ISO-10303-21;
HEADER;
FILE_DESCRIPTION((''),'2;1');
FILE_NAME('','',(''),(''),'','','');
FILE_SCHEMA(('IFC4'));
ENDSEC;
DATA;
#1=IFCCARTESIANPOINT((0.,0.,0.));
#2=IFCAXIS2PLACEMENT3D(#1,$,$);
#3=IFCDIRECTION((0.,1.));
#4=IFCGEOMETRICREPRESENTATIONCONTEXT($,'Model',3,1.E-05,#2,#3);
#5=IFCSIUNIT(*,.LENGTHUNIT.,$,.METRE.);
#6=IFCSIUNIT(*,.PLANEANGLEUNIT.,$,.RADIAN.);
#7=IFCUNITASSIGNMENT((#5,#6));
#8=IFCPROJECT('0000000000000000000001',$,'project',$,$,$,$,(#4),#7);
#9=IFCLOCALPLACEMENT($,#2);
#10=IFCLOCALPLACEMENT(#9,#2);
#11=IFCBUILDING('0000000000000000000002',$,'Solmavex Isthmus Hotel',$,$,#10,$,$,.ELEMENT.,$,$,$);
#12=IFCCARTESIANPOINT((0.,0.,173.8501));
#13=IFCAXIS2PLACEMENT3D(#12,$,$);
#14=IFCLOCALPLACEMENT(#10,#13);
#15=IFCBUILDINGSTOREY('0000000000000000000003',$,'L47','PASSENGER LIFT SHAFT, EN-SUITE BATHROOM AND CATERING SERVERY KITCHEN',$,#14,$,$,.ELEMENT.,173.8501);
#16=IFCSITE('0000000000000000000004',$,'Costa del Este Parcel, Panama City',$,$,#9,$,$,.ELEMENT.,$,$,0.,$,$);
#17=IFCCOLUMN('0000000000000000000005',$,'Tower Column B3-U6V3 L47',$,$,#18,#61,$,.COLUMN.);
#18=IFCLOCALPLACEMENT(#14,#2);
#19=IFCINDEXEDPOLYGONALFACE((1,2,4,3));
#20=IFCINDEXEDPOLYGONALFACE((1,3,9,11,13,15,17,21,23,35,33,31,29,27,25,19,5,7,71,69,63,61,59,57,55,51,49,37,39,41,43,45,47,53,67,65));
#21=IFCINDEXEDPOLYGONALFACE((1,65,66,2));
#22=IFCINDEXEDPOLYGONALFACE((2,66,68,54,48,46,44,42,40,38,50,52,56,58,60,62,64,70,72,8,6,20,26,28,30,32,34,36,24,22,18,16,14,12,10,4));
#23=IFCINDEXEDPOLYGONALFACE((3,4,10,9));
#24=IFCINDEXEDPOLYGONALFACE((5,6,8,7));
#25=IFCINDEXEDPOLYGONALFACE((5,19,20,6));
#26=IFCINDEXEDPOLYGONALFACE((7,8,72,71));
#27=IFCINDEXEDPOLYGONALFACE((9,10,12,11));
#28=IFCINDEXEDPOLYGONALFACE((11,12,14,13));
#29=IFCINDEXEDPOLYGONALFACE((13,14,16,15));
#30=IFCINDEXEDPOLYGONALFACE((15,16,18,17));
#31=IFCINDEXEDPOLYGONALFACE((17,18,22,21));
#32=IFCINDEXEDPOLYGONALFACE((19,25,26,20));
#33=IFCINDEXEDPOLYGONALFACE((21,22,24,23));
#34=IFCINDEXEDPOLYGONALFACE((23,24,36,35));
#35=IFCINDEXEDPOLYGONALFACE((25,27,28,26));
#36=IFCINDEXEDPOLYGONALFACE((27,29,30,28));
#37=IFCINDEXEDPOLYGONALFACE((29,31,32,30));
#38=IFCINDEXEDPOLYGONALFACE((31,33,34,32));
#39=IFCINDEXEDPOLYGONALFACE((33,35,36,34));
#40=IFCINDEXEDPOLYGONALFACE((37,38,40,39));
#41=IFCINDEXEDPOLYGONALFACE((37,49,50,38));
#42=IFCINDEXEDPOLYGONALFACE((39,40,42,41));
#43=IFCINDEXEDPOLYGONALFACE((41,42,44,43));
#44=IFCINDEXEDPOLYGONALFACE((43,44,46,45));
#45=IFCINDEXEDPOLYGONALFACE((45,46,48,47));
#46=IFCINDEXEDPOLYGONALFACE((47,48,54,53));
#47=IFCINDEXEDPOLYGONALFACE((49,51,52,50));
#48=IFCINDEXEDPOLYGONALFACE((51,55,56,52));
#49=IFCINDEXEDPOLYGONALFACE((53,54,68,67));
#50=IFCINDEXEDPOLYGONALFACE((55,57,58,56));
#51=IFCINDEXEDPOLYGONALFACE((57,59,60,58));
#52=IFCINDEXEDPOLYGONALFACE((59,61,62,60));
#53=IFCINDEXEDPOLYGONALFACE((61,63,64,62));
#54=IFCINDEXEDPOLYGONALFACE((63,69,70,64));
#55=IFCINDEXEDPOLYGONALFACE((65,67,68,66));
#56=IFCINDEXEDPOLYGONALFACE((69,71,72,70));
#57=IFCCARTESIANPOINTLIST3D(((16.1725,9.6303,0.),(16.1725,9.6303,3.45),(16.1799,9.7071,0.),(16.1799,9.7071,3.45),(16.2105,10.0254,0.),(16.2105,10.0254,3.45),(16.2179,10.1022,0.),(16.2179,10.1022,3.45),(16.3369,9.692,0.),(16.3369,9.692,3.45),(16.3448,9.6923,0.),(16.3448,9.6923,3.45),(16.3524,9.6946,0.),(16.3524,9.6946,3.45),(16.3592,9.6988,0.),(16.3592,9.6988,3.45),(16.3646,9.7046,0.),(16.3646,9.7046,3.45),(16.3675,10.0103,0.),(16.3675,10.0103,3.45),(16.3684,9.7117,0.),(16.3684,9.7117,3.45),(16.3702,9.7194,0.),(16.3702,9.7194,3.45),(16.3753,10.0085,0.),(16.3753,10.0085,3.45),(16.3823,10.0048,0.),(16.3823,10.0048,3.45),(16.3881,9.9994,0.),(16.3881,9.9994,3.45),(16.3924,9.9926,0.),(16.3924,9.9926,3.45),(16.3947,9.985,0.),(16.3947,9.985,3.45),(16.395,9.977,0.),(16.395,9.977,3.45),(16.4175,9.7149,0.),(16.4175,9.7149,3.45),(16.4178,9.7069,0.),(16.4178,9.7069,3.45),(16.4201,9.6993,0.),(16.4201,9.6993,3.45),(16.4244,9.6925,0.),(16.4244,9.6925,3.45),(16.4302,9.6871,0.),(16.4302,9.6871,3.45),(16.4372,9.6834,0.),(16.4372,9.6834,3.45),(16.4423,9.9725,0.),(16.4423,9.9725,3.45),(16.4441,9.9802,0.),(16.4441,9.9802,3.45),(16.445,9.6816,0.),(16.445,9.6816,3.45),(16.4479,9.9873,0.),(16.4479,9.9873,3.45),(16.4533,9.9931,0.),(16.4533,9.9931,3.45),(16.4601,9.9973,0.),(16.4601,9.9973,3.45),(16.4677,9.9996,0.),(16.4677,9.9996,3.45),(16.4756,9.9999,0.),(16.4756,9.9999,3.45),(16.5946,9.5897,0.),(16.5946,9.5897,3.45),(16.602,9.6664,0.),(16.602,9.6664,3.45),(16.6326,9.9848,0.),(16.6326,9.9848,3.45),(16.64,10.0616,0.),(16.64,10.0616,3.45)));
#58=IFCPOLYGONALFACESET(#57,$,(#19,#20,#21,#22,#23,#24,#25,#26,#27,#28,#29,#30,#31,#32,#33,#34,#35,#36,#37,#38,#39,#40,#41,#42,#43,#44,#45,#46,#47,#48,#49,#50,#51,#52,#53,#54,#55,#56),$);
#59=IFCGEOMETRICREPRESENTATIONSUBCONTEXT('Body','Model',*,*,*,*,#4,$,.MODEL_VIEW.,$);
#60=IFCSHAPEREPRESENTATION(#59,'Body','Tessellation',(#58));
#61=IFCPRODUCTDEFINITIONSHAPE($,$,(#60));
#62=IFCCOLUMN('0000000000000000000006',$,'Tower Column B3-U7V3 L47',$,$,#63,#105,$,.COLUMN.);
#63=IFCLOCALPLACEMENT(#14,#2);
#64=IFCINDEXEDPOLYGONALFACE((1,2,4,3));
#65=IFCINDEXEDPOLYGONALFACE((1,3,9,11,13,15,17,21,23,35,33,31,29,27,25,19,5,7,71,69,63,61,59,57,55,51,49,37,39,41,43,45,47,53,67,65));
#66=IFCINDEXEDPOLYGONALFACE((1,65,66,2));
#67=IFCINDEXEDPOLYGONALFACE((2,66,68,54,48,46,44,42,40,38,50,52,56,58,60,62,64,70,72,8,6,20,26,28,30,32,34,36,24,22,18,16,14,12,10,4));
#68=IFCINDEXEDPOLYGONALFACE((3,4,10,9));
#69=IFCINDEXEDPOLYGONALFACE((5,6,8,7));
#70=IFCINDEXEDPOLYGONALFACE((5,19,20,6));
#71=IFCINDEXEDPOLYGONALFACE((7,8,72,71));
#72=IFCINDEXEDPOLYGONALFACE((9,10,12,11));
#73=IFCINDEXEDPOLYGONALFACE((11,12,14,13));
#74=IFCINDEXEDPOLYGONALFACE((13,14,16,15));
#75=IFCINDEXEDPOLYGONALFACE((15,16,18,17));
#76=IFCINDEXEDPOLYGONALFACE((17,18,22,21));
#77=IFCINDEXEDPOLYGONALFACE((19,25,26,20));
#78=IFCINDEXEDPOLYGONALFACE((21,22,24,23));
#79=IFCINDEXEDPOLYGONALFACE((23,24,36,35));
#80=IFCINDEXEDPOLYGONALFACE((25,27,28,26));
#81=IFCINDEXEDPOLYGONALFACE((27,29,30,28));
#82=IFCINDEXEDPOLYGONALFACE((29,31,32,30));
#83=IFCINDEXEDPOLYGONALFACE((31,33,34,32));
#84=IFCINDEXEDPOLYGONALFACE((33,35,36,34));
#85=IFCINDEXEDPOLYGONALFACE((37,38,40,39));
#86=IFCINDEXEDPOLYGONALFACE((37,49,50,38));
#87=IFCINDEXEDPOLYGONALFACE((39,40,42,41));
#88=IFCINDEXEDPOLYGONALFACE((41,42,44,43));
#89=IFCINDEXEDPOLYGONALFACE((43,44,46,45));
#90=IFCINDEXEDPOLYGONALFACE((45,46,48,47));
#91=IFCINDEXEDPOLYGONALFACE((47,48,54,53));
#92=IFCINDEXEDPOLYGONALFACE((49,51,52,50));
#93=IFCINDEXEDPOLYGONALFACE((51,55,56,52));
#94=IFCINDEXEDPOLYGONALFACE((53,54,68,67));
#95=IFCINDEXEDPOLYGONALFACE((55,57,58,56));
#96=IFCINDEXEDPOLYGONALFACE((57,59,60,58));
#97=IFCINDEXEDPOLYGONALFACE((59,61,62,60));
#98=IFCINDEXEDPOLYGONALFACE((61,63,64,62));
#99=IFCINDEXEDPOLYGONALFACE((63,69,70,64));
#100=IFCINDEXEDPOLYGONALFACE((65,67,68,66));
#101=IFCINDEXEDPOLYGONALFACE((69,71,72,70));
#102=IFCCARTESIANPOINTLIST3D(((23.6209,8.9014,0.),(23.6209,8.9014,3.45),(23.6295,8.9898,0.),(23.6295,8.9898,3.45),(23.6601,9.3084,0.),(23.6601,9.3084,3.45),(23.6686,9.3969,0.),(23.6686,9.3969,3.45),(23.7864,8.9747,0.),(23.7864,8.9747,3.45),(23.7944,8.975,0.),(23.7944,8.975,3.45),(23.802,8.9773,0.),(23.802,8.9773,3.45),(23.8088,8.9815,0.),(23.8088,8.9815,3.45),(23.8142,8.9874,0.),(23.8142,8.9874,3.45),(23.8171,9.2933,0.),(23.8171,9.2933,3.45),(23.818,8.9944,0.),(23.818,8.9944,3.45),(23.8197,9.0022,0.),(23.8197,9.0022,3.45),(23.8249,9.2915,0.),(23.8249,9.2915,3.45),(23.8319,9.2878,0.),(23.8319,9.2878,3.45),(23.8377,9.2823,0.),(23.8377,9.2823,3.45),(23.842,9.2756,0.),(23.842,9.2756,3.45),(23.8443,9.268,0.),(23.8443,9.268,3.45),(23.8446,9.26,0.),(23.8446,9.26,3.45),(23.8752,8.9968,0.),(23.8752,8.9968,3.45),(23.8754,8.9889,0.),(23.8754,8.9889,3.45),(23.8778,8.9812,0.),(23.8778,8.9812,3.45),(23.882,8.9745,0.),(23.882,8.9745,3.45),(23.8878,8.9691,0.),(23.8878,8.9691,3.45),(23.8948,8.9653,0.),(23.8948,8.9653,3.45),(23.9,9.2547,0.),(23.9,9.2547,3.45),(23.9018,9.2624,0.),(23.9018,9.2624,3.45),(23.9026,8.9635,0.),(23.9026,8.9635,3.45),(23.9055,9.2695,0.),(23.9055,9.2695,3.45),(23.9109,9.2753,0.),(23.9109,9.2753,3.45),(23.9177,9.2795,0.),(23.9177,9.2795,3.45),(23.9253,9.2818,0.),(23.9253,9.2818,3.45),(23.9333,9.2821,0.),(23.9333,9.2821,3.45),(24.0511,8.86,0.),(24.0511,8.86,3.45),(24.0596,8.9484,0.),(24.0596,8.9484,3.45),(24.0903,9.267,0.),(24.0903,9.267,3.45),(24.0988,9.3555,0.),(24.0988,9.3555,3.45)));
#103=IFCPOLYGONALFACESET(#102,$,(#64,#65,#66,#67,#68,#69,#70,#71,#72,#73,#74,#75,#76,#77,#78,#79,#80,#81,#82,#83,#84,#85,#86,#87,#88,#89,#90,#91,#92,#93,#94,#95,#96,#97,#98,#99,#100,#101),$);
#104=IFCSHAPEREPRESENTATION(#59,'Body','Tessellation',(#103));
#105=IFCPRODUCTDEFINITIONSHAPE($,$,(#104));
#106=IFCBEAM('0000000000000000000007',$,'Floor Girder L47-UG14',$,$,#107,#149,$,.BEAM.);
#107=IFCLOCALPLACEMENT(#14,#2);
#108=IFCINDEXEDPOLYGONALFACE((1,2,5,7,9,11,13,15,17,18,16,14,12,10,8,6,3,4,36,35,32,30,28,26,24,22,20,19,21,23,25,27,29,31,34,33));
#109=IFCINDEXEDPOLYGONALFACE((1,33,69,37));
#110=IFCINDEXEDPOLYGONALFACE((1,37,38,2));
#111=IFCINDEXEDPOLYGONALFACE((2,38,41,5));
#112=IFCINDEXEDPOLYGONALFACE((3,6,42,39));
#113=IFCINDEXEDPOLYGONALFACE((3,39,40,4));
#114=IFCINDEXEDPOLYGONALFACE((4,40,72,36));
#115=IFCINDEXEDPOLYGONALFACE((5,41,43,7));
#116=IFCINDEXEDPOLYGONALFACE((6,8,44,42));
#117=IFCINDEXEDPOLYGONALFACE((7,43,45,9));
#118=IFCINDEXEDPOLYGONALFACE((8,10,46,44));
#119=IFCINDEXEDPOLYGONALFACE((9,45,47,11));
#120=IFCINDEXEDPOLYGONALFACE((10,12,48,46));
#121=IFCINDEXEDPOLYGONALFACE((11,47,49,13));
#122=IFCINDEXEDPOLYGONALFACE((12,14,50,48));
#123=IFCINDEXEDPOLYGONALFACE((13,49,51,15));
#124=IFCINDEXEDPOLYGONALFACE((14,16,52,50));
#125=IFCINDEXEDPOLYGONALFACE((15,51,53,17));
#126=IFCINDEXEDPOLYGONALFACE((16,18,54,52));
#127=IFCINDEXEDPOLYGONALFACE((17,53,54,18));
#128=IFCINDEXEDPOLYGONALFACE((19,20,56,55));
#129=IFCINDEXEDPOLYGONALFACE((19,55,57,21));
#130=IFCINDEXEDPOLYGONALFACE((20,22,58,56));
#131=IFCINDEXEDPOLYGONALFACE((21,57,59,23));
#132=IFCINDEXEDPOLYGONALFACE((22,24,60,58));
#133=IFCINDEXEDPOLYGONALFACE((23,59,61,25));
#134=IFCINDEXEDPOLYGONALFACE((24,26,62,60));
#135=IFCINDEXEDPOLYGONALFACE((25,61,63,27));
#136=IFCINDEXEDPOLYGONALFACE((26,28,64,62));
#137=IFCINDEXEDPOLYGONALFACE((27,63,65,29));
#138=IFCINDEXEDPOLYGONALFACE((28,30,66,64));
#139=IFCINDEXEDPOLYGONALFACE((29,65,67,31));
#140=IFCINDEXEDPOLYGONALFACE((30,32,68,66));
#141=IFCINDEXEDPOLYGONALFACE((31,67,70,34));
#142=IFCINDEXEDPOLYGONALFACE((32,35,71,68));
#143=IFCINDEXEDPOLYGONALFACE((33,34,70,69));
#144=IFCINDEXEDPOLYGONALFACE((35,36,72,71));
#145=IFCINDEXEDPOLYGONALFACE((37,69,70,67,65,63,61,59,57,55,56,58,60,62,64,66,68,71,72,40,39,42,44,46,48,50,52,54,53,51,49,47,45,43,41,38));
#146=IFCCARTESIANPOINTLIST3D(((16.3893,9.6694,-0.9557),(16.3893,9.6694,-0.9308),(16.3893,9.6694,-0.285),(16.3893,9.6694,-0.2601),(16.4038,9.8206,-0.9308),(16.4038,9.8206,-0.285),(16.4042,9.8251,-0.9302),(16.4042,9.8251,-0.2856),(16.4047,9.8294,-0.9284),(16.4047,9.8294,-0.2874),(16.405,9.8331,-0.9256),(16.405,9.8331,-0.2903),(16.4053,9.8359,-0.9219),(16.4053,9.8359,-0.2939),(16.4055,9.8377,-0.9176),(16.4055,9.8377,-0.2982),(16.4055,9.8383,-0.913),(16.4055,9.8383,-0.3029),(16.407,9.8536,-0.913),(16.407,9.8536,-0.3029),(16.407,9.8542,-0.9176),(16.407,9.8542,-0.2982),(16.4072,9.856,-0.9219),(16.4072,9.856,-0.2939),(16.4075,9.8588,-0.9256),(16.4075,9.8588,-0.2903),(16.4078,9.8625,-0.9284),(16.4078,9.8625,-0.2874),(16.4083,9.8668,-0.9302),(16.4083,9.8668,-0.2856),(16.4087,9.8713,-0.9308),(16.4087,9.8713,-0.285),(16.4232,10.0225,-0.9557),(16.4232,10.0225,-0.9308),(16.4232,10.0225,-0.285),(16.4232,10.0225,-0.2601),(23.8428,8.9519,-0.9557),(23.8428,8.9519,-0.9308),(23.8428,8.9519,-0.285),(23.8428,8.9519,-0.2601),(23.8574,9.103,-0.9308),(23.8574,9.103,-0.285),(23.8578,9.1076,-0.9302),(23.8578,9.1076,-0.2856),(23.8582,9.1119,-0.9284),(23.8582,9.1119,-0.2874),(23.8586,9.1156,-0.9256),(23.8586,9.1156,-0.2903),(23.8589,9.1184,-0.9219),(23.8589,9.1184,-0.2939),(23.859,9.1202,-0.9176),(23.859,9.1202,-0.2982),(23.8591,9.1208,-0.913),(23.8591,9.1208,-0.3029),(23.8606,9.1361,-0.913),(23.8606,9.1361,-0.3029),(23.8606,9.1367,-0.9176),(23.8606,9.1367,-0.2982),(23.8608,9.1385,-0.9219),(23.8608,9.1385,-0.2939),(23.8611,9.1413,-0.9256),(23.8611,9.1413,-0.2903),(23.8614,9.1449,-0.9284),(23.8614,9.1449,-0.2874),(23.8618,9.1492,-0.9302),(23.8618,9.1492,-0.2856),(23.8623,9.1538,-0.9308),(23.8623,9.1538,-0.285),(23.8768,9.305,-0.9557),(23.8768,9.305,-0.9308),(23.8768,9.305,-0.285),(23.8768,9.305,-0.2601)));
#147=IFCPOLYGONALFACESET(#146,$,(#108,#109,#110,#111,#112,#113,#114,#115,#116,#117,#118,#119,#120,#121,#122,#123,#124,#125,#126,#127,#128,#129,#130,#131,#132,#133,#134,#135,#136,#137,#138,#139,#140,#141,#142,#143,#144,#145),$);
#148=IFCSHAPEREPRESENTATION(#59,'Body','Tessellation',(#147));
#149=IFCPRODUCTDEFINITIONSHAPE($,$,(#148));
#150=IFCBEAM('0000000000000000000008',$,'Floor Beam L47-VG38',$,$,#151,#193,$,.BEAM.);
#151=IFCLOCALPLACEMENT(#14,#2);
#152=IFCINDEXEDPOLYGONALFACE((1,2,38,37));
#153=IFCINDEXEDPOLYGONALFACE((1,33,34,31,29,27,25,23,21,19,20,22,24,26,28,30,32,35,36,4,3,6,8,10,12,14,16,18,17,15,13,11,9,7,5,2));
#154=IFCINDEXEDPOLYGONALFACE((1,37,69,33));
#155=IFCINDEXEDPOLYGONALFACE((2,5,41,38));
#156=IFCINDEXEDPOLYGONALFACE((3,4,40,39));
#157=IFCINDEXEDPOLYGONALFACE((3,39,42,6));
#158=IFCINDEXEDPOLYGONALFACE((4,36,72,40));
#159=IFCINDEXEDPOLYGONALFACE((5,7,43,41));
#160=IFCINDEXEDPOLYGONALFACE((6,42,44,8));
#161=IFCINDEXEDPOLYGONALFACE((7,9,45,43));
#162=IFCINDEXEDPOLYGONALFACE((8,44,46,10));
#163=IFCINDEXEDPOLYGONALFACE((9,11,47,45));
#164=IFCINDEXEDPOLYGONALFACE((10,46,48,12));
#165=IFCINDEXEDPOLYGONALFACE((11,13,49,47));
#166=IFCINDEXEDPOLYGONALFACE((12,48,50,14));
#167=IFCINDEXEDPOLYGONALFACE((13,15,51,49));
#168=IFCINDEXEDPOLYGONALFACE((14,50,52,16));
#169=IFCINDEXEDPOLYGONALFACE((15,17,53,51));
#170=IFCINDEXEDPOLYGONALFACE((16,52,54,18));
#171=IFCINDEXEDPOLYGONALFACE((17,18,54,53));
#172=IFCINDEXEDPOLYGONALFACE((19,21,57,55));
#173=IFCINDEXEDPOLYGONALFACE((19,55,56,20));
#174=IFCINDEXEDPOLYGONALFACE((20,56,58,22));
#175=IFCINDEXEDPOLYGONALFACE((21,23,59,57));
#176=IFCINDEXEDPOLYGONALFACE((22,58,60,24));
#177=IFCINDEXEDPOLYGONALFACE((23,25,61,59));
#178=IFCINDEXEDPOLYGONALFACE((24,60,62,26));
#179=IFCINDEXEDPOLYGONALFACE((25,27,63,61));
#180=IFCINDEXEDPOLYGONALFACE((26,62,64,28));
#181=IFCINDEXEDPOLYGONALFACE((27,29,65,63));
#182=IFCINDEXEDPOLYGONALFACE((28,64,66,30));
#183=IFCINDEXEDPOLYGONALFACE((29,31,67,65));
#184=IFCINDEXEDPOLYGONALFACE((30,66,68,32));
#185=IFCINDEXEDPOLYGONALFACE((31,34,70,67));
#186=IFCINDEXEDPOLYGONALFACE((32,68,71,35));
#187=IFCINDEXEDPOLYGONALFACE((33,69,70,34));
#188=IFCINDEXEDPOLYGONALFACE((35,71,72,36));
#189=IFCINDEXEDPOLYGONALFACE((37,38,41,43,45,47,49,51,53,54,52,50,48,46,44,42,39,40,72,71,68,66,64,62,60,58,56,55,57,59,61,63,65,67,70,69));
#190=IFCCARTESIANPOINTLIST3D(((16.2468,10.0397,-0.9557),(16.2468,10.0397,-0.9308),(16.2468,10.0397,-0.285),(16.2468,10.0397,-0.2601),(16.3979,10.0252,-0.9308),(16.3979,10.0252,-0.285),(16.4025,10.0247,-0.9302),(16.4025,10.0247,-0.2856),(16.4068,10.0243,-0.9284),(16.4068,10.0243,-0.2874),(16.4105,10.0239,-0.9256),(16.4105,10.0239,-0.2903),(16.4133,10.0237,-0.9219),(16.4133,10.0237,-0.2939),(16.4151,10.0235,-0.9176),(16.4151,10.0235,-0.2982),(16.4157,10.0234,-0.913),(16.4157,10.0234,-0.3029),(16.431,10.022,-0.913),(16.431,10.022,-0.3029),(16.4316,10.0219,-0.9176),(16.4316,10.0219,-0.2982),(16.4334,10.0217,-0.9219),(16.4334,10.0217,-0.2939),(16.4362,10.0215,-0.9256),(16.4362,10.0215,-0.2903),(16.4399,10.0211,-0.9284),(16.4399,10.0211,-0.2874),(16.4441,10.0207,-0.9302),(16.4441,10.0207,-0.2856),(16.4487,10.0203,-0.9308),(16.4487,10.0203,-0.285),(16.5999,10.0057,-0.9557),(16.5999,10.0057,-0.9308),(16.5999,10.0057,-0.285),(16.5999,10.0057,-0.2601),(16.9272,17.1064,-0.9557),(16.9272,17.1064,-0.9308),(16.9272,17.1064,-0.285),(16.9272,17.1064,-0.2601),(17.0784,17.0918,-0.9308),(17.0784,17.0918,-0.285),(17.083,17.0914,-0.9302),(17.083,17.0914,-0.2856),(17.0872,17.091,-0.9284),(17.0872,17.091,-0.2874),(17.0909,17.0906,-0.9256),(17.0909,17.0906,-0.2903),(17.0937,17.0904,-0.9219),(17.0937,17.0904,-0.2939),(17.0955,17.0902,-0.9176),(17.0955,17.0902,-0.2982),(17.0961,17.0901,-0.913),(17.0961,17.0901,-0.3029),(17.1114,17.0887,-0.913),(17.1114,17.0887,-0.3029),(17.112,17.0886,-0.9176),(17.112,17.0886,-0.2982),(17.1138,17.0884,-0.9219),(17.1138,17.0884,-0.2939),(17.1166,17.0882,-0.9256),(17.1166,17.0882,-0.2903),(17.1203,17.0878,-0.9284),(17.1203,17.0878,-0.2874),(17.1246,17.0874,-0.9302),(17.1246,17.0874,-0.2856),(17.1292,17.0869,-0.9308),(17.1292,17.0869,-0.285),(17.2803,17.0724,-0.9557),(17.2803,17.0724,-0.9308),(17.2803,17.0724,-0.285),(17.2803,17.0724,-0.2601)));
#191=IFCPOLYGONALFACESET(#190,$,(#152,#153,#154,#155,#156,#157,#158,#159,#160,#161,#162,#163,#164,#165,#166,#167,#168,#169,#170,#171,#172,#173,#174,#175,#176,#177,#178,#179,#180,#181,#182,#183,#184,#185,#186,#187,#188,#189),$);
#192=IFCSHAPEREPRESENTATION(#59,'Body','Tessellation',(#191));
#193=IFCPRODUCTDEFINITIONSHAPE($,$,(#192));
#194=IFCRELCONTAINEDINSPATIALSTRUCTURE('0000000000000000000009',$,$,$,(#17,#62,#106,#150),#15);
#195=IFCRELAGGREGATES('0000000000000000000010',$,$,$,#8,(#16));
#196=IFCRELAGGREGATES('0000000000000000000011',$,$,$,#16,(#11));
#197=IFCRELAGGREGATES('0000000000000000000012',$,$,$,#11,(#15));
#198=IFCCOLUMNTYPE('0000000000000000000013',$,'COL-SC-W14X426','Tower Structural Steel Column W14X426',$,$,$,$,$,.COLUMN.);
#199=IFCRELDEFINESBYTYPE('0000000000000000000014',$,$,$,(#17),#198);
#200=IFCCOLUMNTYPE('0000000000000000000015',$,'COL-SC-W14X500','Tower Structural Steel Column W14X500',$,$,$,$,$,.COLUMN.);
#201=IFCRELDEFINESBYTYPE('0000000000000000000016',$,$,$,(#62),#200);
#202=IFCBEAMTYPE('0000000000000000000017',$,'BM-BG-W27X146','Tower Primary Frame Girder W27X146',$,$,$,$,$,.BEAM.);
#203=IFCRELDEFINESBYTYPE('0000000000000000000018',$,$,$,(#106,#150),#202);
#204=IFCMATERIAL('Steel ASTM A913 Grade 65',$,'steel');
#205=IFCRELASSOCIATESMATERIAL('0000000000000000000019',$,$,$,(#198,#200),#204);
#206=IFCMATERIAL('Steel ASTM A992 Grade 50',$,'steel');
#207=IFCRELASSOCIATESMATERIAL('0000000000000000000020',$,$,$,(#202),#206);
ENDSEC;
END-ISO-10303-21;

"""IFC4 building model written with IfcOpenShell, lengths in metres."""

from ifc_helpers import new_model, si_unit, direction, frame, origin, origin_2d, place, context, subcontext, project, spatial, i_section, extrude, material, material_profile, profile_set, type_object, element, save


model = new_model("IFC4")

# Units and contexts
model_context = context("Model", 3, precision=1e-05, world=origin(), true_north=direction((0.0, 1.0)))
body_context = subcontext(model_context, "Body", "Model", "MODEL_VIEW")
ifc_project = project(units=[si_unit("LENGTHUNIT", "METRE"), si_unit("PLANEANGLEUNIT", "RADIAN")], contexts=[model_context])

# Site, building, storey
site_placement = place(None, origin())
site = spatial("IfcSite", under=ifc_project, at=site_placement, Name="Costa del Este Parcel, Panama City", CompositionType="ELEMENT", RefElevation=0.0)
building_placement = place(site_placement, origin())
building = spatial("IfcBuilding", under=site, at=building_placement, Name="Solmavex Isthmus Hotel", CompositionType="ELEMENT")
storey_placement = place(building_placement, frame((0.0, 0.0, 173.8501)))
storey = spatial("IfcBuildingStorey", under=building, at=storey_placement, Name="L47", Description="PASSENGER LIFT SHAFT, EN-SUITE BATHROOM AND CATERING SERVERY KITCHEN", CompositionType="ELEMENT", Elevation=173.8501)

# Columns
ifc_material_1 = material(Name="Steel ASTM A913 Grade 65", Category="steel")
ifc_material_profile_1 = material_profile(ifc_material_1, i_section(OverallWidth=0.4241, OverallDepth=0.4741, WebThickness=0.0476, FlangeThickness=0.0771, FilletRadius=0.0305, at=origin_2d()), Name="W14X426")
ifc_profile_set_1 = profile_set([ifc_material_profile_1], Name="Steel ASTM A913 Grade 65")
column_type_1 = type_object("IfcColumnType", Name="COL-SC-W14X426", Description="Tower Structural Steel Column W14X426", PredefinedType="COLUMN", material=ifc_profile_set_1)
column_1_placement = place(storey_placement, frame((16.4062, 9.8459, 0.0), z_axis=(0.0, 0.0, 1.0), x_axis=(0.995396, -0.095846, 0.0)))
element("IfcColumn", 1, at=column_1_placement, inside=storey, type_object=column_type_1, Name="Tower Column B3-U6V3 L47", PredefinedType="COLUMN", context=body_context, shape_type="SweptSolid", body=[
    extrude(i_section(OverallWidth=0.4241, OverallDepth=0.4741, WebThickness=0.0476, FlangeThickness=0.0771, FilletRadius=0.0305, at=origin_2d()), origin(), (0.0, 0.0, 1.0), 3.45),
])
ifc_material_profile_2 = material_profile(ifc_material_1, i_section(OverallWidth=0.4321, OverallDepth=0.4978, WebThickness=0.0557, FlangeThickness=0.0889, FilletRadius=0.0305, at=origin_2d()), Name="W14X500")
ifc_profile_set_2 = profile_set([ifc_material_profile_2], Name="Steel ASTM A913 Grade 65")
column_type_2 = type_object("IfcColumnType", Name="COL-SC-W14X500", Description="Tower Structural Steel Column W14X500", PredefinedType="COLUMN", material=ifc_profile_set_2)
column_2_placement = place(storey_placement, frame((23.8599, 9.1284, 0.0), z_axis=(0.0, 0.0, 1.0), x_axis=(0.995396, -0.095846, 0.0)))
element("IfcColumn", 2, at=column_2_placement, inside=storey, type_object=column_type_2, Name="Tower Column B3-U7V3 L47", PredefinedType="COLUMN", context=body_context, shape_type="SweptSolid", body=[
    extrude(i_section(OverallWidth=0.4321, OverallDepth=0.4978, WebThickness=0.0557, FlangeThickness=0.0889, FilletRadius=0.0305, at=origin_2d()), origin(), (0.0, 0.0, 1.0), 3.45),
])

# Beams
ifc_material_2 = material(Name="Steel ASTM A992 Grade 50", Category="steel")
ifc_material_profile_3 = material_profile(ifc_material_2, i_section(OverallWidth=0.3547, OverallDepth=0.6956, WebThickness=0.0154, FlangeThickness=0.0249, FilletRadius=0.0178, at=origin_2d()), Name="W27X146")
ifc_profile_set_3 = profile_set([ifc_material_profile_3], Name="Steel ASTM A992 Grade 50")
beam_type_1 = type_object("IfcBeamType", Name="BM-BG-W27X146", Description="Tower Primary Frame Girder W27X146", PredefinedType="BEAM", material=ifc_profile_set_3)
beam_1_placement = place(storey_placement, frame((16.4062, 9.8459, -0.6079), z_axis=(0.995398, -0.095823, 0.0), x_axis=(0.095823, 0.995398, 0.0)))
element("IfcBeam", 3, at=beam_1_placement, inside=storey, type_object=beam_type_1, Name="Floor Girder L47-UG14", PredefinedType="BEAM", context=body_context, shape_type="SweptSolid", body=[
    extrude(i_section(OverallWidth=0.3547, OverallDepth=0.6956, WebThickness=0.0154, FlangeThickness=0.0249, FilletRadius=0.0178, at=origin_2d()), origin(), (0.0, 0.0, 1.0), 7.488),
])
beam_2_placement = place(storey_placement, frame((16.4233, 10.0227, -0.6079), z_axis=(0.095843, 0.995396, 0.0), x_axis=(-0.995396, 0.095843, 0.0)))
element("IfcBeam", 4, at=beam_2_placement, inside=storey, type_object=beam_type_1, Name="Floor Beam L47-VG38", PredefinedType="BEAM", context=body_context, shape_type="SweptSolid", body=[
    extrude(i_section(OverallWidth=0.3547, OverallDepth=0.6956, WebThickness=0.0154, FlangeThickness=0.0249, FilletRadius=0.0178, at=origin_2d()), origin(), (0.0, 0.0, 1.0), 7.0994),
])

save(model, "model.ifc")
